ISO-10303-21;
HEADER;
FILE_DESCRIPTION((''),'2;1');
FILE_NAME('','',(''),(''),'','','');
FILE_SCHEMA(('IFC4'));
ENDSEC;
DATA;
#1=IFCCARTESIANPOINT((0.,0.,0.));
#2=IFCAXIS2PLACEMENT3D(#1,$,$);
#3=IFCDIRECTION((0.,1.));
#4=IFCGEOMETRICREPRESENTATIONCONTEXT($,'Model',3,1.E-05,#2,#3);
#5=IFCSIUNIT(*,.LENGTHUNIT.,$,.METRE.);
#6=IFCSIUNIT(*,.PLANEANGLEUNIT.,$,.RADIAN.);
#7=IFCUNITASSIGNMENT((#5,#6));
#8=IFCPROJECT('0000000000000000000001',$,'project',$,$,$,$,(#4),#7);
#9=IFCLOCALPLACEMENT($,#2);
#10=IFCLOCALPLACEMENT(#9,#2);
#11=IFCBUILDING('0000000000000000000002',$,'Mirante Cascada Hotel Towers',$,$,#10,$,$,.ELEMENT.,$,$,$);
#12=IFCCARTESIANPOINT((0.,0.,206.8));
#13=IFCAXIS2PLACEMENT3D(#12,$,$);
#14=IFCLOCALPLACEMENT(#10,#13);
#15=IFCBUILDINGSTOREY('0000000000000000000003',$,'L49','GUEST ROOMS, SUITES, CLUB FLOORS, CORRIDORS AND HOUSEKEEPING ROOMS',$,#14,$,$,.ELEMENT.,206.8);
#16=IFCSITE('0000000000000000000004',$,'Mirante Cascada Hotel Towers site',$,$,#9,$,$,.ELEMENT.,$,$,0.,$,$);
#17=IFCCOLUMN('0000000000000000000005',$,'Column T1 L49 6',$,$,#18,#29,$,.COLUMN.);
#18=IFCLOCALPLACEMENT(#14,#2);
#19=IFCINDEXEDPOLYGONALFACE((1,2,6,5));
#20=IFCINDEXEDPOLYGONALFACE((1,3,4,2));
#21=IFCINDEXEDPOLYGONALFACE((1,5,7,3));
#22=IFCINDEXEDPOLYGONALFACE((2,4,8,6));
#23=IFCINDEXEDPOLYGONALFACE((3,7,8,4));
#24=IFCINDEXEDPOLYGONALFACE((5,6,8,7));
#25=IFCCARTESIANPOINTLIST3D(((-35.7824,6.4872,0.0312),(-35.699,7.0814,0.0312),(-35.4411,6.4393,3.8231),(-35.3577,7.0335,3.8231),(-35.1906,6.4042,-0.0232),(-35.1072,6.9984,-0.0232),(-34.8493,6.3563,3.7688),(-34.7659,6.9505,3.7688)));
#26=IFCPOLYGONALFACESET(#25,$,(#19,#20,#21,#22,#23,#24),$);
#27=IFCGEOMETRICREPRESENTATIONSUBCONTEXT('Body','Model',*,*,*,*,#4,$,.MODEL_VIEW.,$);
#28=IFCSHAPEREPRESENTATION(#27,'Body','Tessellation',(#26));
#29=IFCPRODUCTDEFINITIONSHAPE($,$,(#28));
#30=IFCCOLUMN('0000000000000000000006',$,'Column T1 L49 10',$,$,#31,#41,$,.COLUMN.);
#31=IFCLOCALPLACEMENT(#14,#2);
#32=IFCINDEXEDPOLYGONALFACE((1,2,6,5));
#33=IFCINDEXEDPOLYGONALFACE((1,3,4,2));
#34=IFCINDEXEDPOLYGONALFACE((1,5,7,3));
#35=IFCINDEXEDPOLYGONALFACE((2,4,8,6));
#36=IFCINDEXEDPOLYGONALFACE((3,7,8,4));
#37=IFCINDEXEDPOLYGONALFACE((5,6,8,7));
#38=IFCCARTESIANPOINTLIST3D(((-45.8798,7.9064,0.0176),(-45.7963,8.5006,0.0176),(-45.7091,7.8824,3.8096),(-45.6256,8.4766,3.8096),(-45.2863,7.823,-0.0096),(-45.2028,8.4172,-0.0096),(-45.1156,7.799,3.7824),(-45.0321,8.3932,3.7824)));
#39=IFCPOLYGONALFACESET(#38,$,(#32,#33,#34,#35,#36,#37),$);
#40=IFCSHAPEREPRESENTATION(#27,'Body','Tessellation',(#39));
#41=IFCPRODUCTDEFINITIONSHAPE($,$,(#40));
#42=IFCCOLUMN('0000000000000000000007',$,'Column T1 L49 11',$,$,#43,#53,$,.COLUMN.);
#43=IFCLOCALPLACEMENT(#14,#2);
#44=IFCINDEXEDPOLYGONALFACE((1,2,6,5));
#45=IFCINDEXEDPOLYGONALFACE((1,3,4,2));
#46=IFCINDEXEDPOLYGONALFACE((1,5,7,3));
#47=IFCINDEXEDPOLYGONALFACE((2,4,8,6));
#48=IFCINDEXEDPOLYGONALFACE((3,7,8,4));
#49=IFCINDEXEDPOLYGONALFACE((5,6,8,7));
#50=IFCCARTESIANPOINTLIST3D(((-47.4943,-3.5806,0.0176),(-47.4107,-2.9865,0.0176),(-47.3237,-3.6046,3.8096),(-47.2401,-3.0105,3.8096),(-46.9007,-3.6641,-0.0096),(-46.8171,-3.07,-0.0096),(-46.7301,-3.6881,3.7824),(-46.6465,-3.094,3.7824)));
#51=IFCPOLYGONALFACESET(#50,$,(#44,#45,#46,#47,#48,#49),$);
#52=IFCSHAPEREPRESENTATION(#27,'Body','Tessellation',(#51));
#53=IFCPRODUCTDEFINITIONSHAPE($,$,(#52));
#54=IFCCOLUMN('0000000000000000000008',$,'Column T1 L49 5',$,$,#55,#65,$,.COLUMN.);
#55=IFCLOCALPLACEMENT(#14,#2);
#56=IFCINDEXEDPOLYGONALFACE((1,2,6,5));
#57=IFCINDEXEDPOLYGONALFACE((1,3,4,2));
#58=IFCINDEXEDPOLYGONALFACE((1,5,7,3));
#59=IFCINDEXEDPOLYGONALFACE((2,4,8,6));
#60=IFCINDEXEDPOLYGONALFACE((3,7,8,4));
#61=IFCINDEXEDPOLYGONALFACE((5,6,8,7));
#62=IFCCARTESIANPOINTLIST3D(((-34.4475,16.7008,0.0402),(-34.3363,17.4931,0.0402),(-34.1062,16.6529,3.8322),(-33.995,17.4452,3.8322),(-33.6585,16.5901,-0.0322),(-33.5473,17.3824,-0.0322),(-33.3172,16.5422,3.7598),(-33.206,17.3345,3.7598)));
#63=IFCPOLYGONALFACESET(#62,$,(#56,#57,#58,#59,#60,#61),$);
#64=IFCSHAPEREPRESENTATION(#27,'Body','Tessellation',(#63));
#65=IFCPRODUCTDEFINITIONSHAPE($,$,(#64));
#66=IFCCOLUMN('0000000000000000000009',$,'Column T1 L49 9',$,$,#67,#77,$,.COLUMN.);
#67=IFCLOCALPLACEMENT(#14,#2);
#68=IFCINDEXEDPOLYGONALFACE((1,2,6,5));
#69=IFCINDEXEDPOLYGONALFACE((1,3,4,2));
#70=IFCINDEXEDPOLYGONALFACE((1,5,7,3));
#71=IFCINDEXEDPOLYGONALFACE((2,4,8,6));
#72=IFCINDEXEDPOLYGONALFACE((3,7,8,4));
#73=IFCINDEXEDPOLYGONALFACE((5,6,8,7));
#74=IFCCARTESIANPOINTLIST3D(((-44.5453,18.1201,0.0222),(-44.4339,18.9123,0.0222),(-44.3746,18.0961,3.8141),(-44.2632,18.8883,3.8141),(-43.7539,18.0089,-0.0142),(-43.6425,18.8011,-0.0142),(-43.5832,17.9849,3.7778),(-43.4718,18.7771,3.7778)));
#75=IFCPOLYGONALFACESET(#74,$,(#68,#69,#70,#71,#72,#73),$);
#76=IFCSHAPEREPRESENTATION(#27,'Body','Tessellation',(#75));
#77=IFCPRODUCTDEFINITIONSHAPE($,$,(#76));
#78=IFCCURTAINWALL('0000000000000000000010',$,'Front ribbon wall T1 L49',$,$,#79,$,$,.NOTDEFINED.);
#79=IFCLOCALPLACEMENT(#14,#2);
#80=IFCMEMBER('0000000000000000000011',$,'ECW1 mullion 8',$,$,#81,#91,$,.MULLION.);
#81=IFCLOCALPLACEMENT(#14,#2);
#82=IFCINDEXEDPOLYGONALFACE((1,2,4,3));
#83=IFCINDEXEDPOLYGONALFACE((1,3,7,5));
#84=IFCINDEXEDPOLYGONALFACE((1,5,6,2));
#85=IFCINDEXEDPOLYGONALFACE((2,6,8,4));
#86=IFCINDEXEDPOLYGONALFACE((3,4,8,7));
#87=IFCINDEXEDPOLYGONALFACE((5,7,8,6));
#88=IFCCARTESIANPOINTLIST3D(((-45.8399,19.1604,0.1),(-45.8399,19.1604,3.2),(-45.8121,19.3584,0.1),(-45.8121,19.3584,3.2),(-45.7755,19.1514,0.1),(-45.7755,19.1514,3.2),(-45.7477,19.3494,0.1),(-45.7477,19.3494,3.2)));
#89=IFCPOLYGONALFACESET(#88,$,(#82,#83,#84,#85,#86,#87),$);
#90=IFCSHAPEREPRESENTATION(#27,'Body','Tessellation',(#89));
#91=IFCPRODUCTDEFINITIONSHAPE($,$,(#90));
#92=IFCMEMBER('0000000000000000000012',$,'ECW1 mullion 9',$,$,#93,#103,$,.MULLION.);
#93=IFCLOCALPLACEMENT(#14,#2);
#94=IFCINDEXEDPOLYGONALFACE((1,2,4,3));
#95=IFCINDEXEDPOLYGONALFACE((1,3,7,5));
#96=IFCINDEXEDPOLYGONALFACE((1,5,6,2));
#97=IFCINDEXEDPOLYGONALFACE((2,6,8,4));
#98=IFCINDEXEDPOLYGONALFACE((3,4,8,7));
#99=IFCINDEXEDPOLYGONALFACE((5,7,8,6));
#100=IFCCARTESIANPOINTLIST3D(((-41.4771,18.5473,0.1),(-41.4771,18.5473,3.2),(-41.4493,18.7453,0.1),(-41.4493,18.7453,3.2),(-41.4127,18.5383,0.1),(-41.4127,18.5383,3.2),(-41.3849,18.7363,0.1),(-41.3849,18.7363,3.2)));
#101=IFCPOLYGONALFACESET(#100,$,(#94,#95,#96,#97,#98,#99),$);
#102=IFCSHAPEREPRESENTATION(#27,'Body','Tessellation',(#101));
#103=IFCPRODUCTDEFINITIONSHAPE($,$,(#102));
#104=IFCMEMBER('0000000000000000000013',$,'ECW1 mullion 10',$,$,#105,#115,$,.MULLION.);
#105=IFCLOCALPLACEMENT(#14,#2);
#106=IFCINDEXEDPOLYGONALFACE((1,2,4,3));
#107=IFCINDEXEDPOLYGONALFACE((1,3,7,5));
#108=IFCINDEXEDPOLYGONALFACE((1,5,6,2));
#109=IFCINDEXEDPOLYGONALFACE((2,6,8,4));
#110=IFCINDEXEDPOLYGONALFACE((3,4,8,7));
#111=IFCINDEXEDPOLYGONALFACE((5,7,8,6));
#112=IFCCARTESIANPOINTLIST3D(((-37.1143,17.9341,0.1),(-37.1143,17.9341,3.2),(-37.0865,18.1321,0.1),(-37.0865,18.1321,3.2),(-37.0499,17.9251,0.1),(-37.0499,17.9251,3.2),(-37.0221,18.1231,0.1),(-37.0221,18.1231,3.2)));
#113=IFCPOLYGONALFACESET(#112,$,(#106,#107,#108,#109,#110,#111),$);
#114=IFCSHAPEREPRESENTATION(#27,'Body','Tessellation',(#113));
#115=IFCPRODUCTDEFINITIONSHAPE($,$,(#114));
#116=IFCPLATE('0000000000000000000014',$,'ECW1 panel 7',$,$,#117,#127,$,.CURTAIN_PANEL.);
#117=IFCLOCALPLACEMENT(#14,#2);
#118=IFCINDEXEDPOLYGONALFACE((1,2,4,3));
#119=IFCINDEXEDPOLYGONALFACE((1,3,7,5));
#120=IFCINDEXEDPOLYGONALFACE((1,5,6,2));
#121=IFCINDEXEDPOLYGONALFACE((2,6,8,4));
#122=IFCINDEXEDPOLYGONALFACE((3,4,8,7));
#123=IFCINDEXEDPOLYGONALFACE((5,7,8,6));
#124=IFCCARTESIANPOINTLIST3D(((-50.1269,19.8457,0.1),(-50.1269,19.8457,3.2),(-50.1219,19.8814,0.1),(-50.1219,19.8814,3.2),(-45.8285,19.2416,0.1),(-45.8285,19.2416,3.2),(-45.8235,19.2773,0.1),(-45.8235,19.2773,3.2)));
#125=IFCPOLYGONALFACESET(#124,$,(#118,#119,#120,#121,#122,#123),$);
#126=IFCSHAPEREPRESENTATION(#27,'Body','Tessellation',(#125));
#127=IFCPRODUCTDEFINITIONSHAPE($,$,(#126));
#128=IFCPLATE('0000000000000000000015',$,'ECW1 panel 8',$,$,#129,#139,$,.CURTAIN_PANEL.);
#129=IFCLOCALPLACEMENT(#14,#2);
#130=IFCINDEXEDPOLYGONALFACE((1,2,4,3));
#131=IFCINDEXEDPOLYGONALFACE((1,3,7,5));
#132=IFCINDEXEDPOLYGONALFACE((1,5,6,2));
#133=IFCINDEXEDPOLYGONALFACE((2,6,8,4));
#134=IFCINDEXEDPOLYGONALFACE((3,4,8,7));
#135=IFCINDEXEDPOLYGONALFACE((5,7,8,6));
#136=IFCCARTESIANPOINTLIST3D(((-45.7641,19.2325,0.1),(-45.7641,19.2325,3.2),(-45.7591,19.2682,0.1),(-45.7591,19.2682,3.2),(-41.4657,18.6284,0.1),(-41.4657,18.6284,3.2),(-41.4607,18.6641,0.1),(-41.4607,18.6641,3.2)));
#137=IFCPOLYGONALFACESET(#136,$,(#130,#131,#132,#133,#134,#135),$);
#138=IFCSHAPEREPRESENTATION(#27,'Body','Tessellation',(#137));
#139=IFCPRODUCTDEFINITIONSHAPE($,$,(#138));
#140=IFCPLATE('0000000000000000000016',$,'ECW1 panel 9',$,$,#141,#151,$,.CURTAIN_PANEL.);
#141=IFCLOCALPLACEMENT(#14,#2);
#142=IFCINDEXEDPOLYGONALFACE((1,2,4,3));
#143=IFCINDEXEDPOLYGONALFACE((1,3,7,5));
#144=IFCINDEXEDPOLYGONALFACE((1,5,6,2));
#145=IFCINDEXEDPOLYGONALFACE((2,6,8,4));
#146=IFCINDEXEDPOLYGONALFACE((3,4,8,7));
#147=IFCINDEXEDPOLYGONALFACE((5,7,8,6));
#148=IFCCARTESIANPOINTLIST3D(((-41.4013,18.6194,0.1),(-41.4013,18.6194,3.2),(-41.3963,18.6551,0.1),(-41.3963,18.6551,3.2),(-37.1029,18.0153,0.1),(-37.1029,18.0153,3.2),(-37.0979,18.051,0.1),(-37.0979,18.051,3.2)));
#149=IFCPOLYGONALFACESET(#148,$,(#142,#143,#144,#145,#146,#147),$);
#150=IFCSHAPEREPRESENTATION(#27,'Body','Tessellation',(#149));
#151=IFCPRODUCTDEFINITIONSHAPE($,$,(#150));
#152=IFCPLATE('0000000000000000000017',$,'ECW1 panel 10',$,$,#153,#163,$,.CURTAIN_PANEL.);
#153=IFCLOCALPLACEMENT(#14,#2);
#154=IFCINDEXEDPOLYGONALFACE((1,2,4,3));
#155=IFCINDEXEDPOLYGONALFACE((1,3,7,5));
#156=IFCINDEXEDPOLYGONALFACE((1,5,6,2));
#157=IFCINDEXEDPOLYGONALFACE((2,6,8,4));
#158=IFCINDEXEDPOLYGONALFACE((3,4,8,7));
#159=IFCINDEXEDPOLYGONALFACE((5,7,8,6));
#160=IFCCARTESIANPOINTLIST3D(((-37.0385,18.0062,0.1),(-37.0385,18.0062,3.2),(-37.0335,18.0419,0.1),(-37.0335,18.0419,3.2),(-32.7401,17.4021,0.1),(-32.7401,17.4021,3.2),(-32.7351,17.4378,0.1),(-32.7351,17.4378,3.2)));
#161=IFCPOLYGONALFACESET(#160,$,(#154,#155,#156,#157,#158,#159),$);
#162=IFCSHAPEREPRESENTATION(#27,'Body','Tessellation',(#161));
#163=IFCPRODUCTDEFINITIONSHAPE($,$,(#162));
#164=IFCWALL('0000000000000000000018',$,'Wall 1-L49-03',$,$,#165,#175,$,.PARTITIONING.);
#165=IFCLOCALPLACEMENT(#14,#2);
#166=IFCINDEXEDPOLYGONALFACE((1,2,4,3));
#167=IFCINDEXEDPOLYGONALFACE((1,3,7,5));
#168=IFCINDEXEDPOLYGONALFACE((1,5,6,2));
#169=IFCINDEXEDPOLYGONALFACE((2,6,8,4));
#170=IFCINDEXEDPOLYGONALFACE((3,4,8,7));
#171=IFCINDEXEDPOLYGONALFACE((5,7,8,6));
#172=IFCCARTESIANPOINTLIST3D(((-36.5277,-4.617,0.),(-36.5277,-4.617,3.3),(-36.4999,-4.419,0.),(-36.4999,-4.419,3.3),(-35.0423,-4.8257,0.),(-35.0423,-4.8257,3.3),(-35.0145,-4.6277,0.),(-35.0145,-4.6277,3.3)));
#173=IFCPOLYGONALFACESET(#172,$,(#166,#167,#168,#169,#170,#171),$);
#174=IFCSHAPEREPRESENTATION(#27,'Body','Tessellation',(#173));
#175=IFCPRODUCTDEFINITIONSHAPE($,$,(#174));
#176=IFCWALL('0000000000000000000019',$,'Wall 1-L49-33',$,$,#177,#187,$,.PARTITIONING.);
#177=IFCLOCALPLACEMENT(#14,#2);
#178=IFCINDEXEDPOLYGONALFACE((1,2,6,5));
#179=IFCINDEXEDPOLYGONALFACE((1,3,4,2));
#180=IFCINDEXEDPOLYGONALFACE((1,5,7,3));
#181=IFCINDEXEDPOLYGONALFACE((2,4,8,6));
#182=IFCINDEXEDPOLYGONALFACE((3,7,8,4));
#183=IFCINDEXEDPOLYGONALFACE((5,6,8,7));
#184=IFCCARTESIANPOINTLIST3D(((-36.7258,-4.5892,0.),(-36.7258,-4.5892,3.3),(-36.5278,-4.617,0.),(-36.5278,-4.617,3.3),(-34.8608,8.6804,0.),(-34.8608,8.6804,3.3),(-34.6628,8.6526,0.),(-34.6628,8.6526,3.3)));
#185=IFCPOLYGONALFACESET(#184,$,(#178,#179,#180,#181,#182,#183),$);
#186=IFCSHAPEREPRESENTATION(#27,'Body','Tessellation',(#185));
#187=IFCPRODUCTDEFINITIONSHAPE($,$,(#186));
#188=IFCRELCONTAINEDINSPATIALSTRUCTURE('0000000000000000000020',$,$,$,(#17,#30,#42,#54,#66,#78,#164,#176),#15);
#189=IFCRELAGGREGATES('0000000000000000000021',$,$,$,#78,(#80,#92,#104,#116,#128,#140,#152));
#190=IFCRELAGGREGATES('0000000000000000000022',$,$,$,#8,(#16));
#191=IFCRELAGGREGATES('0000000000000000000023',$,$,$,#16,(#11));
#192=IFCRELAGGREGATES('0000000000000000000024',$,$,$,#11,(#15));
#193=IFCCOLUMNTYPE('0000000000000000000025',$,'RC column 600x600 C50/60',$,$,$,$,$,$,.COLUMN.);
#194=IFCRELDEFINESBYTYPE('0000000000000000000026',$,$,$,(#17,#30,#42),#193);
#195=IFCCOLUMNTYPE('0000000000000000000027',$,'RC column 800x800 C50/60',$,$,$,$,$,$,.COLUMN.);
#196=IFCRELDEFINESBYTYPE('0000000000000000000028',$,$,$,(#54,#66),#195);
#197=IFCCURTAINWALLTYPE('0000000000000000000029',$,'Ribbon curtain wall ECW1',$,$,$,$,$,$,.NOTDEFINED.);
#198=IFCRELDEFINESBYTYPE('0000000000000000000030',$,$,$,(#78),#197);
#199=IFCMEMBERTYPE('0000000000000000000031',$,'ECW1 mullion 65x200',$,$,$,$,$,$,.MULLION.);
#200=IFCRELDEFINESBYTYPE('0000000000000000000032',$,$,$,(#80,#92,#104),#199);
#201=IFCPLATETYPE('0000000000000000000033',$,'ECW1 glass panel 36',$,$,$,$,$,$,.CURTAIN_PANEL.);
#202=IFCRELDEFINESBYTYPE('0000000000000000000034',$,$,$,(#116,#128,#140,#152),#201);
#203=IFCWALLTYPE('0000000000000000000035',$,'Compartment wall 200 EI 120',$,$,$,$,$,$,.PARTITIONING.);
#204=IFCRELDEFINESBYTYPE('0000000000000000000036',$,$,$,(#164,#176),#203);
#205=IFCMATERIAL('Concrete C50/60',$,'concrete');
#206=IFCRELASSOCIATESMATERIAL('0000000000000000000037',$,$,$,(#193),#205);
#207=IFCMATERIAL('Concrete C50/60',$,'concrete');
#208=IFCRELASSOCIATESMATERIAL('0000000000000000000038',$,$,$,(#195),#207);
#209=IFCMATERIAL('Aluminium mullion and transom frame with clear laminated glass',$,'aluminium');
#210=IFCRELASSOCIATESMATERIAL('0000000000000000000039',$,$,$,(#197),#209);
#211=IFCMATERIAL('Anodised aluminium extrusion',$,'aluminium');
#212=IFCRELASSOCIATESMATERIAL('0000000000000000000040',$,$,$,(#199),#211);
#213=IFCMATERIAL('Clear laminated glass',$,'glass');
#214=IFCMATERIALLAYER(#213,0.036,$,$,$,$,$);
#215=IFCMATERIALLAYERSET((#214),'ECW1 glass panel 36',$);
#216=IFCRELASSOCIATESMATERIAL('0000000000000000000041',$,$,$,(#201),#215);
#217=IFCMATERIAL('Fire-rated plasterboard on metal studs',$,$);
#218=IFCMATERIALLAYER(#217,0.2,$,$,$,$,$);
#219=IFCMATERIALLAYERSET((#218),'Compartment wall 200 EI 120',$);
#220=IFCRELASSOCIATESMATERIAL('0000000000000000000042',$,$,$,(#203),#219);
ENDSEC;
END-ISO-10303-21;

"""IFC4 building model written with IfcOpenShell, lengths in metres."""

from ifc_helpers import new_model, si_unit, direction, frame, frame_2d, origin, origin_2d, place, context, subcontext, project, spatial, rectangle, extrude, material, layer, layer_set, material_profile, profile_set, type_object, element, aggregate, save


model = new_model("IFC4")

# Units and contexts
model_context = context("Model", 3, precision=1e-05, world=origin(), true_north=direction((0.0, 1.0)))
body_context = subcontext(model_context, "Body", "Model", "MODEL_VIEW")
ifc_project = project(units=[si_unit("LENGTHUNIT", "METRE"), si_unit("PLANEANGLEUNIT", "RADIAN")], contexts=[model_context])

# Site, building, storey
site_placement = place(None, origin())
site = spatial("IfcSite", under=ifc_project, at=site_placement, Name="Mirante Cascada Hotel Towers site", CompositionType="ELEMENT", RefElevation=0.0)
building_placement = place(site_placement, origin())
building = spatial("IfcBuilding", under=site, at=building_placement, Name="Mirante Cascada Hotel Towers", CompositionType="ELEMENT")
storey_placement = place(building_placement, frame((0.0, 0.0, 206.8)))
storey = spatial("IfcBuildingStorey", under=building, at=storey_placement, Name="L49", Description="GUEST ROOMS, SUITES, CLUB FLOORS, CORRIDORS AND HOUSEKEEPING ROOMS", CompositionType="ELEMENT", Elevation=206.8)

# Columns
ifc_material_1 = material(Name="Concrete C50/60", Category="concrete")
ifc_material_profile_1 = material_profile(ifc_material_1, rectangle(XDim=0.6, YDim=0.6, at=origin_2d()), Name="RC column 600x600 C50/60")
ifc_profile_set_1 = profile_set([ifc_material_profile_1], Name="Concrete C50/60")
column_type_1 = type_object("IfcColumnType", Name="RC column 600x600 C50/60", PredefinedType="COLUMN", material=ifc_profile_set_1)
column_1_placement = place(storey_placement, frame((-35.4448, 6.7428, 0.004), z_axis=(0.089636, -0.01258, 0.995895), x_axis=(0.138984, 0.990295, 0.0)))
element("IfcColumn", 1, at=column_1_placement, inside=storey, type_object=column_type_1, Name="Column T1 L49 6", PredefinedType="COLUMN", context=body_context, shape_type="SweptSolid", body=[
    extrude(rectangle(XDim=0.6, YDim=0.6, at=origin_2d()), origin(), (0.0, 0.0, 1.0), 3.8076),
])
for number, where, z_axis, x_axis, name in (
    (2, (-45.5413, 8.1618, 0.004), (0.044969, -0.006323, 0.998968), (0.139228, 0.99026, 0.0), "Column T1 L49 10"),
    (3, (-47.1557, -3.3253, 0.004), (0.044943, -0.006323, 0.998969), (0.139308, 0.990249, 0.0), "Column T1 L49 11"),
):
    element("IfcColumn", number, at=place(storey_placement, frame(where, z_axis=z_axis, x_axis=x_axis)), inside=storey, type_object=column_type_1, Name=name, PredefinedType="COLUMN", context=body_context, shape_type="SweptSolid", body=[
        extrude(rectangle(XDim=0.6, YDim=0.6, at=origin_2d()), origin(), (0.0, 0.0, 1.0), 3.7959),
    ])
ifc_material_2 = material(Name="Concrete C50/60", Category="concrete")
ifc_material_profile_2 = material_profile(ifc_material_2, rectangle(XDim=0.8, YDim=0.8, at=origin_2d()), Name="RC column 800x800 C50/60")
ifc_profile_set_2 = profile_set([ifc_material_profile_2], Name="Concrete C50/60")
column_type_2 = type_object("IfcColumnType", Name="RC column 800x800 C50/60", PredefinedType="COLUMN", material=ifc_profile_set_2)
column_2_placement = place(storey_placement, frame((-33.9974, 17.0416, 0.004), z_axis=(0.089636, -0.01258, 0.995895), x_axis=(0.138984, 0.990295, 0.0)))
element("IfcColumn", 4, at=column_2_placement, inside=storey, type_object=column_type_2, Name="Column T1 L49 5", PredefinedType="COLUMN", context=body_context, shape_type="SweptSolid", body=[
    extrude(rectangle(XDim=0.8, YDim=0.8, at=origin_2d()), origin(), (0.0, 0.0, 1.0), 3.8076),
])
column_3_placement = place(storey_placement, frame((-44.0939, 18.4606, 0.004), z_axis=(0.044969, -0.006323, 0.998968), x_axis=(0.139228, 0.99026, 0.0)))
element("IfcColumn", 5, at=column_3_placement, inside=storey, type_object=column_type_2, Name="Column T1 L49 9", PredefinedType="COLUMN", context=body_context, shape_type="SweptSolid", body=[
    extrude(rectangle(XDim=0.8, YDim=0.8, at=origin_2d()), origin(), (0.0, 0.0, 1.0), 3.7959),
])

# Curtain wall, members, plates
ifc_material_3 = material(Name="Aluminium mullion and transom frame with clear laminated glass", Category="aluminium")
curtain_wall_type = type_object("IfcCurtainWallType", Name="Ribbon curtain wall ECW1", PredefinedType="NOTDEFINED", material=ifc_material_3)
curtain_wall_placement = place(storey_placement, origin())
curtain_wall = element("IfcCurtainWall", 6, at=curtain_wall_placement, inside=storey, type_object=curtain_wall_type, Name="Front ribbon wall T1 L49", PredefinedType="NOTDEFINED")
ifc_material_4 = material(Name="Anodised aluminium extrusion", Category="aluminium")
ifc_material_profile_3 = material_profile(ifc_material_4, rectangle(XDim=0.2, YDim=0.065, at=origin_2d()), Name="ECW1 MULLION 65x200")
ifc_profile_set_3 = profile_set([ifc_material_profile_3], Name="Anodised aluminium extrusion")
member_type = type_object("IfcMemberType", Name="ECW1 mullion 65x200", PredefinedType="MULLION", material=ifc_profile_set_3)
member_1_placement = place(storey_placement, frame((-45.7938, 19.2549, 0.1), z_axis=(0.0, 0.0, 1.0), x_axis=(0.139173, 0.990268, 0.0)))
member_1 = element("IfcMember", 7, at=member_1_placement, type_object=member_type, Name="ECW1 mullion 8", PredefinedType="MULLION", context=body_context, shape_type="SweptSolid", body=[
    extrude(rectangle(XDim=0.2, YDim=0.065, at=origin_2d()), origin(), (0.0, 0.0, 1.0), 3.1),
])
member_2_placement = place(storey_placement, frame((-41.431, 18.6418, 0.1), z_axis=(0.0, 0.0, 1.0), x_axis=(0.139173, 0.990268, 0.0)))
member_2 = element("IfcMember", 8, at=member_2_placement, type_object=member_type, Name="ECW1 mullion 9", PredefinedType="MULLION", context=body_context, shape_type="SweptSolid", body=[
    extrude(rectangle(XDim=0.2, YDim=0.065, at=origin_2d()), origin(), (0.0, 0.0, 1.0), 3.1),
])
member_3_placement = place(storey_placement, frame((-37.0682, 18.0286, 0.1), z_axis=(0.0, 0.0, 1.0), x_axis=(0.139173, 0.990268, 0.0)))
member_3 = element("IfcMember", 9, at=member_3_placement, type_object=member_type, Name="ECW1 mullion 10", PredefinedType="MULLION", context=body_context, shape_type="SweptSolid", body=[
    extrude(rectangle(XDim=0.2, YDim=0.065, at=origin_2d()), origin(), (0.0, 0.0, 1.0), 3.1),
])
ifc_material_5 = material(Name="Clear laminated glass", Category="glass")
ifc_layer_1 = layer(ifc_material_5, 0.036)
ifc_layer_set_1 = layer_set([ifc_layer_1], Name="ECW1 glass panel 36")
plate_type = type_object("IfcPlateType", Name="ECW1 glass panel 36", PredefinedType="CURTAIN_PANEL", material=ifc_layer_set_1)
plate_1_placement = place(storey_placement, frame((-47.9752, 19.5615, 0.1), z_axis=(0.0, 0.0, 1.0), x_axis=(0.990268, -0.139173, 0.0)))
plate_1 = element("IfcPlate", 10, at=plate_1_placement, type_object=plate_type, Name="ECW1 panel 7", PredefinedType="CURTAIN_PANEL", context=body_context, shape_type="SweptSolid", body=[
    extrude(rectangle(XDim=4.3407, YDim=0.036, at=origin_2d()), origin(), (0.0, 0.0, 1.0), 3.1),
])
plate_2_placement = place(storey_placement, frame((-43.6124, 18.9483, 0.1), z_axis=(0.0, 0.0, 1.0), x_axis=(0.990268, -0.139173, 0.0)))
plate_2 = element("IfcPlate", 11, at=plate_2_placement, type_object=plate_type, Name="ECW1 panel 8", PredefinedType="CURTAIN_PANEL", context=body_context, shape_type="SweptSolid", body=[
    extrude(rectangle(XDim=4.3407, YDim=0.036, at=origin_2d()), origin(), (0.0, 0.0, 1.0), 3.1),
])
plate_3_placement = place(storey_placement, frame((-39.2496, 18.3352, 0.1), z_axis=(0.0, 0.0, 1.0), x_axis=(0.990268, -0.139173, 0.0)))
plate_3 = element("IfcPlate", 12, at=plate_3_placement, type_object=plate_type, Name="ECW1 panel 9", PredefinedType="CURTAIN_PANEL", context=body_context, shape_type="SweptSolid", body=[
    extrude(rectangle(XDim=4.3407, YDim=0.036, at=origin_2d()), origin(), (0.0, 0.0, 1.0), 3.1),
])
plate_4_placement = place(storey_placement, frame((-34.8868, 17.722, 0.1), z_axis=(0.0, 0.0, 1.0), x_axis=(0.990268, -0.139173, 0.0)))
plate_4 = element("IfcPlate", 13, at=plate_4_placement, type_object=plate_type, Name="ECW1 panel 10", PredefinedType="CURTAIN_PANEL", context=body_context, shape_type="SweptSolid", body=[
    extrude(rectangle(XDim=4.3407, YDim=0.036, at=origin_2d()), origin(), (0.0, 0.0, 1.0), 3.1),
])
aggregate(curtain_wall, [member_1, member_2, member_3, plate_1, plate_2, plate_3, plate_4])

# Walls
ifc_material_6 = material(Name="Fire-rated plasterboard on metal studs")
ifc_layer_2 = layer(ifc_material_6, 0.2)
ifc_layer_set_2 = layer_set([ifc_layer_2], Name="Compartment wall 200 EI 120")
wall_type_1 = type_object("IfcWallType", Name="Compartment wall 200 EI 120", PredefinedType="PARTITIONING", material=ifc_layer_set_2)
wall_1_placement = place(storey_placement, frame((-36.5138, -4.518, 0.0), z_axis=(0.0, 0.0, 1.0), x_axis=(0.990274, -0.139134, 0.0)))
element("IfcWall", 14, at=wall_1_placement, inside=storey, type_object=wall_type_1, Name="Wall 1-L49-03", PredefinedType="PARTITIONING", context=body_context, shape_type="SweptSolid", body=[
    extrude(rectangle(XDim=1.5, YDim=0.2, at=frame_2d((0.75, 0.0))), origin(), (0.0, 0.0, 1.0), 3.3),
])
wall_2_placement = place(storey_placement, frame((-34.7618, 8.6665, 0.0), z_axis=(0.0, 0.0, 1.0), x_axis=(-0.139179, -0.990267, 0.0)))
element("IfcWall", 15, at=wall_2_placement, inside=storey, type_object=wall_type_1, Name="Wall 1-L49-33", PredefinedType="PARTITIONING", context=body_context, shape_type="SweptSolid", body=[
    extrude(rectangle(XDim=13.4, YDim=0.2, at=frame_2d((6.7, 0.0))), origin(), (0.0, 0.0, 1.0), 3.3),
])

save(model, "model.ifc")
